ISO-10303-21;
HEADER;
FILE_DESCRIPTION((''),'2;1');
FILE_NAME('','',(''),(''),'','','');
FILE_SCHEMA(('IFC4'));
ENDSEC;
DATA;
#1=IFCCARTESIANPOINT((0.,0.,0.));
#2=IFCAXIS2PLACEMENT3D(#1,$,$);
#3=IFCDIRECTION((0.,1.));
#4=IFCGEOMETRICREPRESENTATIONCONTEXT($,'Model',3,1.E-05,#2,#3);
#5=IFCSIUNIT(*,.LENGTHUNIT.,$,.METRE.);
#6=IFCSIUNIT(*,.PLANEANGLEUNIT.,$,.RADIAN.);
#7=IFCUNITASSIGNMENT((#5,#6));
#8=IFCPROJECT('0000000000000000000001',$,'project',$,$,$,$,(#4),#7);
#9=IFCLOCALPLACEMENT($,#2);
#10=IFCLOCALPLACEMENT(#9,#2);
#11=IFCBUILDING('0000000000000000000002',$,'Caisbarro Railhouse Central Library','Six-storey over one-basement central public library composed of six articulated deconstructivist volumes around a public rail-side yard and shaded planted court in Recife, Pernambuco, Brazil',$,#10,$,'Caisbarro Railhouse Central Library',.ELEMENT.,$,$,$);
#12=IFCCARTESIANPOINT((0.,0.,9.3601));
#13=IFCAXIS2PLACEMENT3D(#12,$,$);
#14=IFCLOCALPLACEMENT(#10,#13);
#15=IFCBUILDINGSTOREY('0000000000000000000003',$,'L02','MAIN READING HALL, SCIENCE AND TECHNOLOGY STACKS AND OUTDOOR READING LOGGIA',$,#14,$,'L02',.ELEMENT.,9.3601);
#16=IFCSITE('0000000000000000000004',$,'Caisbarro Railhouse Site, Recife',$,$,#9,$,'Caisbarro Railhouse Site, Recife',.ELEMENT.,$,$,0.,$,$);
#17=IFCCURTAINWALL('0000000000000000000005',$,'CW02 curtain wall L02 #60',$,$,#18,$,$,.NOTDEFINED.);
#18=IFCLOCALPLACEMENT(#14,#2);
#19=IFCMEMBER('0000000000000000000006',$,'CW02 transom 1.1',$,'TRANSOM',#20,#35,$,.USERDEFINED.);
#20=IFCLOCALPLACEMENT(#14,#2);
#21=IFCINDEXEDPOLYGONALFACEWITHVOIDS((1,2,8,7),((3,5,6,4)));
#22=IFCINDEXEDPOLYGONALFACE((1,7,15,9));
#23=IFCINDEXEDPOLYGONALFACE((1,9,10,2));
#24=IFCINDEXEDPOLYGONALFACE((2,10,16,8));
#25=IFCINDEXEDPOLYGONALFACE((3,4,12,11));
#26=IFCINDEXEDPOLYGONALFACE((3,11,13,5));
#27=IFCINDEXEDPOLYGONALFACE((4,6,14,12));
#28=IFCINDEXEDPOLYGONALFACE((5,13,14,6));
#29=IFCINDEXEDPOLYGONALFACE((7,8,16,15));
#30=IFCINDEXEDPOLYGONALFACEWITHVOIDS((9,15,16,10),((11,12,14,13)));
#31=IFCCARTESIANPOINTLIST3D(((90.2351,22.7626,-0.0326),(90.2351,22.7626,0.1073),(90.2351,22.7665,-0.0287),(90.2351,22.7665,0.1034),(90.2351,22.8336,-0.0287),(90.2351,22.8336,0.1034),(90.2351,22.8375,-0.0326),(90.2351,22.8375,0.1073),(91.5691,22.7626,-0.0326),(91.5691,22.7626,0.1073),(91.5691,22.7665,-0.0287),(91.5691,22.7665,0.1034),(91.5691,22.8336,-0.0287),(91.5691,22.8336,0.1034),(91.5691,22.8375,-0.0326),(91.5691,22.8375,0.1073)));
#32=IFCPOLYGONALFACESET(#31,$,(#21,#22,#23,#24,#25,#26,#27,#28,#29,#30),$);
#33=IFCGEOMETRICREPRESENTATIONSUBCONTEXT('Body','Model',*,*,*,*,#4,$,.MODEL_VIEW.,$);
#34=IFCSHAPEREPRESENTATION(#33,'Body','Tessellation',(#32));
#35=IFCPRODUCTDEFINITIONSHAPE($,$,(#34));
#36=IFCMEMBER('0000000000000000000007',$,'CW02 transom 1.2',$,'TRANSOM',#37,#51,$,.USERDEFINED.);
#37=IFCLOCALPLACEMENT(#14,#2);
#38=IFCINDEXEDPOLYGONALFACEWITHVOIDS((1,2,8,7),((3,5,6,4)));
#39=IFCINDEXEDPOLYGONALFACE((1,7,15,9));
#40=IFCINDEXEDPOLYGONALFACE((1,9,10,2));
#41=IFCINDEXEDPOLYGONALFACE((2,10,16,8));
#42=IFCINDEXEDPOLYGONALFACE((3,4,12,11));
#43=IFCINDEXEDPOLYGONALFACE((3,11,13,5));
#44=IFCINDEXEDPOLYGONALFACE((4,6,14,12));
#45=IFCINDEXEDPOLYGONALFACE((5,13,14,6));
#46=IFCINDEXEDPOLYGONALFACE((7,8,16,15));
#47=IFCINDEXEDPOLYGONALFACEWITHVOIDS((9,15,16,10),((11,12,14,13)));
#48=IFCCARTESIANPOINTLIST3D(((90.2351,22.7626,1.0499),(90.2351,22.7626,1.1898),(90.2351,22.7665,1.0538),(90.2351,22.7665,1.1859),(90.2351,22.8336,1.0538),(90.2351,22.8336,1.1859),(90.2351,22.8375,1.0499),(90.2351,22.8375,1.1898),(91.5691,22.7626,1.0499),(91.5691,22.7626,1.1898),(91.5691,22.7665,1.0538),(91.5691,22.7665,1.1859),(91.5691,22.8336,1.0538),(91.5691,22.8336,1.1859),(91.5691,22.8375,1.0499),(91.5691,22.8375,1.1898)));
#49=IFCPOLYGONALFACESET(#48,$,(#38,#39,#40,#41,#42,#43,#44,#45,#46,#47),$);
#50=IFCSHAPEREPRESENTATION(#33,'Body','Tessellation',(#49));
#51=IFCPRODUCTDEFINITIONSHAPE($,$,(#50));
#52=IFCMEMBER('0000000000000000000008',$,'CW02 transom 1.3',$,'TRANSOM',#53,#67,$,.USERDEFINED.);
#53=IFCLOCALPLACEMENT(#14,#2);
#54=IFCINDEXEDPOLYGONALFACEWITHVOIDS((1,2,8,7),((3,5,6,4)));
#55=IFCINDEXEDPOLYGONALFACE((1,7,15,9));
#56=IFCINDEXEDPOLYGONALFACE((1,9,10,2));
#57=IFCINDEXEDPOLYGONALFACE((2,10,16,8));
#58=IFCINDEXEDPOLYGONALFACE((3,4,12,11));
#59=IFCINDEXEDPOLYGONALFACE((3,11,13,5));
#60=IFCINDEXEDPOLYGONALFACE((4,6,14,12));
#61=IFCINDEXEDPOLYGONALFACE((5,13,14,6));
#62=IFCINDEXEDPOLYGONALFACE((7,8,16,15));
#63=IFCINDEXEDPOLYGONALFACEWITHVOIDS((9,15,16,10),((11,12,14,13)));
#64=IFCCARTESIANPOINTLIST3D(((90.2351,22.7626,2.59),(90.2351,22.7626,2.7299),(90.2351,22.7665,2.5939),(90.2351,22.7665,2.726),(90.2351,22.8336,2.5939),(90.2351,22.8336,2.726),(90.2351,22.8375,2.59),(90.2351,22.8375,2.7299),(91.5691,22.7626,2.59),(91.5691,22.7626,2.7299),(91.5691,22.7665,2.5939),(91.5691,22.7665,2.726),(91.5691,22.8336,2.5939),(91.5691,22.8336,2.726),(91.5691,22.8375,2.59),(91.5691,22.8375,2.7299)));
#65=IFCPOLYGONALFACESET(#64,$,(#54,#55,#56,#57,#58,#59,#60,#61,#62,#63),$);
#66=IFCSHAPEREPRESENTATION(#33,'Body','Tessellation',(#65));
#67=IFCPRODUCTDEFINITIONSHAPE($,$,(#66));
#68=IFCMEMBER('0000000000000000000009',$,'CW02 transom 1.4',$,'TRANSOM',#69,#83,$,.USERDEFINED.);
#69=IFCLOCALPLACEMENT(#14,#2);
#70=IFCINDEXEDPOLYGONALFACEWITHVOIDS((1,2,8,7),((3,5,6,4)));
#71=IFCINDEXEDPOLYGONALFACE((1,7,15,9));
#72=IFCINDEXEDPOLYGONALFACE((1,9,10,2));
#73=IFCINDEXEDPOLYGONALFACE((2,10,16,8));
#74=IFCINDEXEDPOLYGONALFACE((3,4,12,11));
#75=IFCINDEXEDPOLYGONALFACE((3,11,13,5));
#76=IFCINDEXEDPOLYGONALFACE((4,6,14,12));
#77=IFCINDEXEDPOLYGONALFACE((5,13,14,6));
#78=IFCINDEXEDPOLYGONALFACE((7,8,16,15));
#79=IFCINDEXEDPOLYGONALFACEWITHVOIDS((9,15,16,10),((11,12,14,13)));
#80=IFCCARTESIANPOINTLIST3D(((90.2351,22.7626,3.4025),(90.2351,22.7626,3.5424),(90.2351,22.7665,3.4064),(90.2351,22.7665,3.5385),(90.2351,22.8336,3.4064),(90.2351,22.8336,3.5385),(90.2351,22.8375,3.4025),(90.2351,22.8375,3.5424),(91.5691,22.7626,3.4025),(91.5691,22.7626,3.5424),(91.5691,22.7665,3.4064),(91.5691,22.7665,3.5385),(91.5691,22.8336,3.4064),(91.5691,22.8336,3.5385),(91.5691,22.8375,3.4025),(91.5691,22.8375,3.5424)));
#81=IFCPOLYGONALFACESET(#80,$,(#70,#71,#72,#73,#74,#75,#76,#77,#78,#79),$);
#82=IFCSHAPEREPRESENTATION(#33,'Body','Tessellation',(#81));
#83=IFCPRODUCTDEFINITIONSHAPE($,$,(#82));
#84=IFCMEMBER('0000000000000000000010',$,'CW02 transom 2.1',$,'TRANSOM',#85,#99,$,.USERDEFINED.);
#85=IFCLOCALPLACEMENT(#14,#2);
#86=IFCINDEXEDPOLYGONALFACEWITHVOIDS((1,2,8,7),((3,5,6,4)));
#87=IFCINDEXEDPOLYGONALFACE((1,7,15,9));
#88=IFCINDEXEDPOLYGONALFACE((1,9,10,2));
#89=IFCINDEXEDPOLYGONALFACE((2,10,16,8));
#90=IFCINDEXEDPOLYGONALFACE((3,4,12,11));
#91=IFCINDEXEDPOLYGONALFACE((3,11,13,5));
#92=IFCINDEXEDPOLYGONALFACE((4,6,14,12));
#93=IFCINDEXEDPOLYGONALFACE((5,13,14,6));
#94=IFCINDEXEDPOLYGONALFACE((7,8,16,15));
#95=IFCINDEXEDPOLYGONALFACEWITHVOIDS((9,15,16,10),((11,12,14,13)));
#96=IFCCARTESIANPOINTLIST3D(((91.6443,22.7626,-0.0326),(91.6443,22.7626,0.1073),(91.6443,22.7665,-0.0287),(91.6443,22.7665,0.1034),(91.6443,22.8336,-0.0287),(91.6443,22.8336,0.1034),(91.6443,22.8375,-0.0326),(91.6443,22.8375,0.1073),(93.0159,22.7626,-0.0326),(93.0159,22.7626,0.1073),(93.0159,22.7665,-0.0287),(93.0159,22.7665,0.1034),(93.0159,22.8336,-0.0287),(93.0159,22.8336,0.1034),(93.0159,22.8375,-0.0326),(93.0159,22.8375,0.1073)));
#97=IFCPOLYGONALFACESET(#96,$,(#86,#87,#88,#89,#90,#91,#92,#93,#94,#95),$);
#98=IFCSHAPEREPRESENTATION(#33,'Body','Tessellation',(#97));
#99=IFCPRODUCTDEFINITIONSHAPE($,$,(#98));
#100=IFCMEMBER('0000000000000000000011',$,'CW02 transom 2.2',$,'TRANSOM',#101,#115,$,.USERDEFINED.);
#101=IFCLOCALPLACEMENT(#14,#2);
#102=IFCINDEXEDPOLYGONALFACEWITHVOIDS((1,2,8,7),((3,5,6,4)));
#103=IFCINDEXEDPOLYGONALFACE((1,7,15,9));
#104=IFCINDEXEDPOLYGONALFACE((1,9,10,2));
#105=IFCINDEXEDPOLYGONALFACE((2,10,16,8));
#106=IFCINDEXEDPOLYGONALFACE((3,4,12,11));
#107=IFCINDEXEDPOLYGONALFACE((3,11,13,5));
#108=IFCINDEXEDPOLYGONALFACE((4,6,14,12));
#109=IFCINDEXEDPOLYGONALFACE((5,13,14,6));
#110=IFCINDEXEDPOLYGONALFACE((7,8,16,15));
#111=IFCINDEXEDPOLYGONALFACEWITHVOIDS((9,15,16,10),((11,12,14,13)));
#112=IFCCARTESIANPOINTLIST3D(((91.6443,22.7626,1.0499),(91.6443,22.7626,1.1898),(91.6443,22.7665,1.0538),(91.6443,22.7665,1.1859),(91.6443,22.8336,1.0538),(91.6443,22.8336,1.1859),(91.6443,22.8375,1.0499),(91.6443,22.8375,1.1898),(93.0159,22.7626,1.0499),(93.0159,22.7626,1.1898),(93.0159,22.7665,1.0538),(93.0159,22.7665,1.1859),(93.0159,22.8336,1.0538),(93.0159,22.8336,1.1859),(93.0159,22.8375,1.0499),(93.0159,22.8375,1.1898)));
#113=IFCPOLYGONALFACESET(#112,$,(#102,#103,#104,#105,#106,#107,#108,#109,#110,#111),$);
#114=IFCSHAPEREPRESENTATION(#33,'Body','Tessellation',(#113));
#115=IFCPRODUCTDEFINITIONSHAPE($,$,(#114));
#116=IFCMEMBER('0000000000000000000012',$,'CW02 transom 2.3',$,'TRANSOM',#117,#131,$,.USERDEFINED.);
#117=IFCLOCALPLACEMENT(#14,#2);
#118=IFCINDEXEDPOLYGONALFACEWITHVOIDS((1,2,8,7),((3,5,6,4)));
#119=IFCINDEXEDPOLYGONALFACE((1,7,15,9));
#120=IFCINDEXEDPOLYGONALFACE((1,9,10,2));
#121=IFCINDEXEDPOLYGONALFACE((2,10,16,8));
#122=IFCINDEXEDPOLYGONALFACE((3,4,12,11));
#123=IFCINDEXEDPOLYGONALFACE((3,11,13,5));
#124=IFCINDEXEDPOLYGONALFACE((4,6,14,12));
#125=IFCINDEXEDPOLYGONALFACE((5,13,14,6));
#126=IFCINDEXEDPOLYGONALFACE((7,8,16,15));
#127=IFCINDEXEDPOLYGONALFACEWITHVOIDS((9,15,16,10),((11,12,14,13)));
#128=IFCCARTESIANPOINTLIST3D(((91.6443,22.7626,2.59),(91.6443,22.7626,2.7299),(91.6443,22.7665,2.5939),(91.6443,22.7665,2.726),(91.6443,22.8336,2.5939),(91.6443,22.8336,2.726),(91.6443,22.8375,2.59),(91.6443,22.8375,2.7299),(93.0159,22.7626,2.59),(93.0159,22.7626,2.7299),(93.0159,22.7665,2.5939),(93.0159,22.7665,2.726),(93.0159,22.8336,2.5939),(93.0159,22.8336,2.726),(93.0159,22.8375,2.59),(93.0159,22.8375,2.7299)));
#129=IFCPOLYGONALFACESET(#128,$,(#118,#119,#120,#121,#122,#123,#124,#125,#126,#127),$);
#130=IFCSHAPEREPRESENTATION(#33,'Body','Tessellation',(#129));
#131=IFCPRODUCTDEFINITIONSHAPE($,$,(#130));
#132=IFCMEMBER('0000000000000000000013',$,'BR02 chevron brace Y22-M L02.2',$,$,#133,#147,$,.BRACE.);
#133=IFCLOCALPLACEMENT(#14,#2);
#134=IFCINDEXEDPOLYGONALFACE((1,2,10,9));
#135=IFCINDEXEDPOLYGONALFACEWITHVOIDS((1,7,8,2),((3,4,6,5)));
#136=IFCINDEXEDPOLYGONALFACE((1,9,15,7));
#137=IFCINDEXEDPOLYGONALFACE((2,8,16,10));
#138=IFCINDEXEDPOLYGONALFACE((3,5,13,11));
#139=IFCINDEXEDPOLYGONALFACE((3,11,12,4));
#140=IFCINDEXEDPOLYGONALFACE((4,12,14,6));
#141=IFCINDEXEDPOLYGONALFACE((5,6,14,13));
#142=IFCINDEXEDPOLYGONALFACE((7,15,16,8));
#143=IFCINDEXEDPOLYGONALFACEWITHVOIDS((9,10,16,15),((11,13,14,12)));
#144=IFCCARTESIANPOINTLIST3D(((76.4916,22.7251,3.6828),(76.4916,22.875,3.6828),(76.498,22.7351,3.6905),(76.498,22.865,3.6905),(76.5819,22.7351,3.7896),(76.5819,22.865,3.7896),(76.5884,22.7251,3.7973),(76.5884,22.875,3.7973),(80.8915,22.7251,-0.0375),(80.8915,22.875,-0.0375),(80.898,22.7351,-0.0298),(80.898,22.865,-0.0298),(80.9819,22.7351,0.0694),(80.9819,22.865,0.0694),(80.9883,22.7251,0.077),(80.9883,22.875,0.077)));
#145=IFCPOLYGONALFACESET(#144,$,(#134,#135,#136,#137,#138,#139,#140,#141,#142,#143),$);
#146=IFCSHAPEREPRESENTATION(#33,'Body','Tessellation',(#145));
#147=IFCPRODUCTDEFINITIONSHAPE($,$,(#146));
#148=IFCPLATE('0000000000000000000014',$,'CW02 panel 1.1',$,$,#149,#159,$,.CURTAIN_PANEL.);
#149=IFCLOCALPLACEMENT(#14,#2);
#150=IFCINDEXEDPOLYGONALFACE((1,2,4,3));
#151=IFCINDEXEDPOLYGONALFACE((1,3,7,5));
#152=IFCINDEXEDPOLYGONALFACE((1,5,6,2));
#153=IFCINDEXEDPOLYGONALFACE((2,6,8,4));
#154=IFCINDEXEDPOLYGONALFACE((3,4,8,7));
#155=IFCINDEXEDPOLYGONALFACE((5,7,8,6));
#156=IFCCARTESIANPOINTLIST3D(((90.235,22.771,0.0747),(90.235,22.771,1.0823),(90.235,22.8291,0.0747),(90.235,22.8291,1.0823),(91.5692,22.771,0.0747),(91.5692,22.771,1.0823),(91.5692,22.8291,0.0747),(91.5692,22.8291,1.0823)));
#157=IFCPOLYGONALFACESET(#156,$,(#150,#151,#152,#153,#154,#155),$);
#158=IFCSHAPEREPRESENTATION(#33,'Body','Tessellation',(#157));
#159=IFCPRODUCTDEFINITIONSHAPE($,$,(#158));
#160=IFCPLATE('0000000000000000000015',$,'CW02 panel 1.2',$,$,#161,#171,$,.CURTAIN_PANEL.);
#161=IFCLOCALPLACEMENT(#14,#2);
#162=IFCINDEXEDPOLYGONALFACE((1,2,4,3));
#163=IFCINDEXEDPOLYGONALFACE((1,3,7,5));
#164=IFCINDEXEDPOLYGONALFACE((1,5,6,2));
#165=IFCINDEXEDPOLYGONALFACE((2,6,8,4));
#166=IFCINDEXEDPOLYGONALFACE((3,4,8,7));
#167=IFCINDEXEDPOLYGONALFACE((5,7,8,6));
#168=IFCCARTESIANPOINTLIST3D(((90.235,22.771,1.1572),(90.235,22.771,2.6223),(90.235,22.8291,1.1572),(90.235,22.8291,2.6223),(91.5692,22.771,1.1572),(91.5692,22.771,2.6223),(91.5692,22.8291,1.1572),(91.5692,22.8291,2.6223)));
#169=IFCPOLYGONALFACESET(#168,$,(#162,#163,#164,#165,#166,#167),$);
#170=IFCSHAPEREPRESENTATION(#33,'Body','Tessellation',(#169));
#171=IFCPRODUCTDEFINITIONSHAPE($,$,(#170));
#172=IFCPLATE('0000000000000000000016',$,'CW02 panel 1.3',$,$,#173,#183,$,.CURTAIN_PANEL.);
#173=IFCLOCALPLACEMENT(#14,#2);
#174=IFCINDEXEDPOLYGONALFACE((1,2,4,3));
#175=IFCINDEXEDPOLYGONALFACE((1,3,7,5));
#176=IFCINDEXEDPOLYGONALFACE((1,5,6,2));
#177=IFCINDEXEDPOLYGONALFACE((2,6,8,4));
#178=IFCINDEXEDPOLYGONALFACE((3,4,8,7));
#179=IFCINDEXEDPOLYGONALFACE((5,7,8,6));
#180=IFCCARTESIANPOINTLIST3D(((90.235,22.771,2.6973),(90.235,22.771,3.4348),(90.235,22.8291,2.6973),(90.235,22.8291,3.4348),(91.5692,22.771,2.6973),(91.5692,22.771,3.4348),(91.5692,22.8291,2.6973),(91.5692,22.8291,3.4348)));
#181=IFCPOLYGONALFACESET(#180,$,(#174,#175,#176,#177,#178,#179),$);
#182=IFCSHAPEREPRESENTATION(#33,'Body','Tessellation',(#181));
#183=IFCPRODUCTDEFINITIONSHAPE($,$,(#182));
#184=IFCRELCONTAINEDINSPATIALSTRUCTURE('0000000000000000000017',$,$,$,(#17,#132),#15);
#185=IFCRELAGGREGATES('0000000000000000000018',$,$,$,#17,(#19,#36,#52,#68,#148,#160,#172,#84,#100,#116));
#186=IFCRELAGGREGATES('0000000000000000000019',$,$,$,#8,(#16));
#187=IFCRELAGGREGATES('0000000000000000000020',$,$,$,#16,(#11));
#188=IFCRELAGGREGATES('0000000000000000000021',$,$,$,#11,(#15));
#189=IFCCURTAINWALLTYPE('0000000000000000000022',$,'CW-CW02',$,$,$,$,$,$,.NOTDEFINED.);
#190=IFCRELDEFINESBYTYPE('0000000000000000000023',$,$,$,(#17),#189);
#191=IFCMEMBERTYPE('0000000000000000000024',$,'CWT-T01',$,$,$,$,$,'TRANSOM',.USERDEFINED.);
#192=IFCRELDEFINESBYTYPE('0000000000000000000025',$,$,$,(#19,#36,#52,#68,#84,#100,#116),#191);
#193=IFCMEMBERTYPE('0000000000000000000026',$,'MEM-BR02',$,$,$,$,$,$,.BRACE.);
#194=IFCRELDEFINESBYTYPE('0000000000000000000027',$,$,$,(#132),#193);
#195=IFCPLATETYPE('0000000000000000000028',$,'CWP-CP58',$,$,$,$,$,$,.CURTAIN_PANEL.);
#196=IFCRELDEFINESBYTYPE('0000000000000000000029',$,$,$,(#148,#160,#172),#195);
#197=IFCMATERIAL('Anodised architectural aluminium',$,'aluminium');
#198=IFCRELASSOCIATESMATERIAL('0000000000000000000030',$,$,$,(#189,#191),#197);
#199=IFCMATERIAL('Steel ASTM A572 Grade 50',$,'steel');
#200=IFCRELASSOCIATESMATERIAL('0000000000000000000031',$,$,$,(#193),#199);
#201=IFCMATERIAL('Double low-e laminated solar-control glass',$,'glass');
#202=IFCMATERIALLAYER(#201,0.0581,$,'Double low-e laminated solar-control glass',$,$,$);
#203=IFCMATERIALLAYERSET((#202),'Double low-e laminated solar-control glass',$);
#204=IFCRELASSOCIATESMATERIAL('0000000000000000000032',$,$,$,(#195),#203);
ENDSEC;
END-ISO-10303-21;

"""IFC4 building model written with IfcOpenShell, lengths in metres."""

from ifc_helpers import new_model, si_unit, direction, frame, origin, origin_2d, place, context, subcontext, project, spatial, rectangle, hollow_rectangle, extrude, material, layer, layer_set, material_profile, profile_set, type_object, element, aggregate, save


model = new_model("IFC4")

# Units and contexts
model_context = context("Model", 3, precision=1e-05, world=origin(), true_north=direction((0.0, 1.0)))
body_context = subcontext(model_context, "Body", "Model", "MODEL_VIEW")
ifc_project = project(units=[si_unit("LENGTHUNIT", "METRE"), si_unit("PLANEANGLEUNIT", "RADIAN")], contexts=[model_context])

# Site, building, storey
site_placement = place(None, origin())
site = spatial("IfcSite", under=ifc_project, at=site_placement, Name="Caisbarro Railhouse Site, Recife", LongName="Caisbarro Railhouse Site, Recife", CompositionType="ELEMENT", RefElevation=0.0)
building_placement = place(site_placement, origin())
building = spatial("IfcBuilding", under=site, at=building_placement, Name="Caisbarro Railhouse Central Library", Description="Six-storey over one-basement central public library composed of six articulated deconstructivist volumes around a public rail-side yard and shaded planted court in Recife, Pernambuco, Brazil", LongName="Caisbarro Railhouse Central Library", CompositionType="ELEMENT")
storey_placement = place(building_placement, frame((0.0, 0.0, 9.3601)))
storey = spatial("IfcBuildingStorey", under=building, at=storey_placement, Name="L02", Description="MAIN READING HALL, SCIENCE AND TECHNOLOGY STACKS AND OUTDOOR READING LOGGIA", LongName="L02", CompositionType="ELEMENT", Elevation=9.3601)

# Shared definitions
ifc_material_1 = material(Name="Steel ASTM A572 Grade 50", Category="steel")

# Curtain wall, members
ifc_material_2 = material(Name="Anodised architectural aluminium", Category="aluminium")
curtain_wall_type = type_object("IfcCurtainWallType", Name="CW-CW02", PredefinedType="NOTDEFINED", material=ifc_material_2)
curtain_wall_placement = place(storey_placement, origin())
curtain_wall = element("IfcCurtainWall", 1, at=curtain_wall_placement, inside=storey, type_object=curtain_wall_type, Name="CW02 curtain wall L02 #60", PredefinedType="NOTDEFINED")
ifc_material_profile_1 = material_profile(ifc_material_2, hollow_rectangle(XDim=0.075, YDim=0.1399, WallThickness=0.0039, at=origin_2d()), Name="ALU-TRN-75X140")
ifc_profile_set_1 = profile_set([ifc_material_profile_1], Name="Anodised architectural aluminium")
member_type_1 = type_object("IfcMemberType", Name="CWT-T01", ElementType="TRANSOM", PredefinedType="USERDEFINED", material=ifc_profile_set_1)
member_1_placement = place(storey_placement, frame((90.2351, 22.8, 0.0374), z_axis=(1.0, 0.0, 0.0), x_axis=(0.0, 1.0, 0.0)))
member_1 = element("IfcMember", 2, at=member_1_placement, type_object=member_type_1, Name="CW02 transom 1.1", ObjectType="TRANSOM", PredefinedType="USERDEFINED", context=body_context, shape_type="SweptSolid", body=[
    extrude(hollow_rectangle(XDim=0.075, YDim=0.1399, WallThickness=0.0039, at=origin_2d()), origin(), (0.0, 0.0, 1.0), 1.334),
])
member_2_placement = place(storey_placement, frame((90.2351, 22.8, 1.1199), z_axis=(1.0, 0.0, 0.0), x_axis=(0.0, 1.0, 0.0)))
member_2 = element("IfcMember", 3, at=member_2_placement, type_object=member_type_1, Name="CW02 transom 1.2", ObjectType="TRANSOM", PredefinedType="USERDEFINED", context=body_context, shape_type="SweptSolid", body=[
    extrude(hollow_rectangle(XDim=0.075, YDim=0.1399, WallThickness=0.0039, at=origin_2d()), origin(), (0.0, 0.0, 1.0), 1.334),
])
member_3_placement = place(storey_placement, frame((90.2351, 22.8, 2.6599), z_axis=(1.0, 0.0, 0.0), x_axis=(0.0, 1.0, 0.0)))
member_3 = element("IfcMember", 4, at=member_3_placement, type_object=member_type_1, Name="CW02 transom 1.3", ObjectType="TRANSOM", PredefinedType="USERDEFINED", context=body_context, shape_type="SweptSolid", body=[
    extrude(hollow_rectangle(XDim=0.075, YDim=0.1399, WallThickness=0.0039, at=origin_2d()), origin(), (0.0, 0.0, 1.0), 1.334),
])
member_4_placement = place(storey_placement, frame((90.2351, 22.8, 3.4724), z_axis=(1.0, 0.0, 0.0), x_axis=(0.0, 1.0, 0.0)))
member_4 = element("IfcMember", 5, at=member_4_placement, type_object=member_type_1, Name="CW02 transom 1.4", ObjectType="TRANSOM", PredefinedType="USERDEFINED", context=body_context, shape_type="SweptSolid", body=[
    extrude(hollow_rectangle(XDim=0.075, YDim=0.1399, WallThickness=0.0039, at=origin_2d()), origin(), (0.0, 0.0, 1.0), 1.334),
])
member_5_placement = place(storey_placement, frame((91.6443, 22.8, 0.0374), z_axis=(1.0, 0.0, 0.0), x_axis=(0.0, 1.0, 0.0)))
member_5 = element("IfcMember", 6, at=member_5_placement, type_object=member_type_1, Name="CW02 transom 2.1", ObjectType="TRANSOM", PredefinedType="USERDEFINED", context=body_context, shape_type="SweptSolid", body=[
    extrude(hollow_rectangle(XDim=0.075, YDim=0.1399, WallThickness=0.0039, at=origin_2d()), origin(), (0.0, 0.0, 1.0), 1.3716),
])
member_6_placement = place(storey_placement, frame((91.6443, 22.8, 1.1199), z_axis=(1.0, 0.0, 0.0), x_axis=(0.0, 1.0, 0.0)))
member_6 = element("IfcMember", 7, at=member_6_placement, type_object=member_type_1, Name="CW02 transom 2.2", ObjectType="TRANSOM", PredefinedType="USERDEFINED", context=body_context, shape_type="SweptSolid", body=[
    extrude(hollow_rectangle(XDim=0.075, YDim=0.1399, WallThickness=0.0039, at=origin_2d()), origin(), (0.0, 0.0, 1.0), 1.3716),
])
member_7_placement = place(storey_placement, frame((91.6443, 22.8, 2.6599), z_axis=(1.0, 0.0, 0.0), x_axis=(0.0, 1.0, 0.0)))
member_7 = element("IfcMember", 8, at=member_7_placement, type_object=member_type_1, Name="CW02 transom 2.3", ObjectType="TRANSOM", PredefinedType="USERDEFINED", context=body_context, shape_type="SweptSolid", body=[
    extrude(hollow_rectangle(XDim=0.075, YDim=0.1399, WallThickness=0.0039, at=origin_2d()), origin(), (0.0, 0.0, 1.0), 1.3716),
])

# Member
ifc_material_profile_2 = material_profile(ifc_material_1, hollow_rectangle(XDim=0.1499, YDim=0.1499, WallThickness=0.01, at=origin_2d()), Name="HSS150X150X10")
ifc_profile_set_2 = profile_set([ifc_material_profile_2], Name="Steel ASTM A572 Grade 50")
member_type_2 = type_object("IfcMemberType", Name="MEM-BR02", PredefinedType="BRACE", material=ifc_profile_set_2)
member_8_placement = place(storey_placement, frame((80.9399, 22.8, 0.0198), z_axis=(-0.763624, 0.0, 0.645661), x_axis=(0.0, -1.0, 0.0)))
element("IfcMember", 9, at=member_8_placement, inside=storey, type_object=member_type_2, Name="BR02 chevron brace Y22-M L02.2", PredefinedType="BRACE", context=body_context, shape_type="SweptSolid", body=[
    extrude(hollow_rectangle(XDim=0.1499, YDim=0.1499, WallThickness=0.01, at=origin_2d()), origin(), (0.0, 0.0, 1.0), 5.762),
])

# Plates
ifc_material_3 = material(Name="Double low-e laminated solar-control glass", Category="glass")
ifc_layer_1 = layer(ifc_material_3, 0.0581, Name="Double low-e laminated solar-control glass")
ifc_layer_set_1 = layer_set([ifc_layer_1], Name="Double low-e laminated solar-control glass")
plate_type_1 = type_object("IfcPlateType", Name="CWP-CP58", PredefinedType="CURTAIN_PANEL", material=ifc_layer_set_1)
plate_1_placement = place(storey_placement, frame((90.9021, 22.8, 0.0747), z_axis=(0.0, 0.0, 1.0), x_axis=(1.0, 0.0, 0.0)))
plate_1 = element("IfcPlate", 10, at=plate_1_placement, type_object=plate_type_1, Name="CW02 panel 1.1", PredefinedType="CURTAIN_PANEL", context=body_context, shape_type="SweptSolid", body=[
    extrude(rectangle(XDim=1.3342, YDim=0.0581, at=origin_2d()), origin(), (0.0, 0.0, 1.0), 1.0076),
])
plate_2_placement = place(storey_placement, frame((90.9021, 22.8, 1.1572), z_axis=(0.0, 0.0, 1.0), x_axis=(1.0, 0.0, 0.0)))
plate_2 = element("IfcPlate", 11, at=plate_2_placement, type_object=plate_type_1, Name="CW02 panel 1.2", PredefinedType="CURTAIN_PANEL", context=body_context, shape_type="SweptSolid", body=[
    extrude(rectangle(XDim=1.3342, YDim=0.0581, at=origin_2d()), origin(), (0.0, 0.0, 1.0), 1.4651),
])
plate_3_placement = place(storey_placement, frame((90.9021, 22.8, 2.6973), z_axis=(0.0, 0.0, 1.0), x_axis=(1.0, 0.0, 0.0)))
plate_3 = element("IfcPlate", 12, at=plate_3_placement, type_object=plate_type_1, Name="CW02 panel 1.3", PredefinedType="CURTAIN_PANEL", context=body_context, shape_type="SweptSolid", body=[
    extrude(rectangle(XDim=1.3342, YDim=0.0581, at=origin_2d()), origin(), (0.0, 0.0, 1.0), 0.7375),
])
aggregate(curtain_wall, [member_1, member_2, member_3, member_4, plate_1, plate_2, plate_3, member_5, member_6, member_7])

save(model, "model.ifc")
